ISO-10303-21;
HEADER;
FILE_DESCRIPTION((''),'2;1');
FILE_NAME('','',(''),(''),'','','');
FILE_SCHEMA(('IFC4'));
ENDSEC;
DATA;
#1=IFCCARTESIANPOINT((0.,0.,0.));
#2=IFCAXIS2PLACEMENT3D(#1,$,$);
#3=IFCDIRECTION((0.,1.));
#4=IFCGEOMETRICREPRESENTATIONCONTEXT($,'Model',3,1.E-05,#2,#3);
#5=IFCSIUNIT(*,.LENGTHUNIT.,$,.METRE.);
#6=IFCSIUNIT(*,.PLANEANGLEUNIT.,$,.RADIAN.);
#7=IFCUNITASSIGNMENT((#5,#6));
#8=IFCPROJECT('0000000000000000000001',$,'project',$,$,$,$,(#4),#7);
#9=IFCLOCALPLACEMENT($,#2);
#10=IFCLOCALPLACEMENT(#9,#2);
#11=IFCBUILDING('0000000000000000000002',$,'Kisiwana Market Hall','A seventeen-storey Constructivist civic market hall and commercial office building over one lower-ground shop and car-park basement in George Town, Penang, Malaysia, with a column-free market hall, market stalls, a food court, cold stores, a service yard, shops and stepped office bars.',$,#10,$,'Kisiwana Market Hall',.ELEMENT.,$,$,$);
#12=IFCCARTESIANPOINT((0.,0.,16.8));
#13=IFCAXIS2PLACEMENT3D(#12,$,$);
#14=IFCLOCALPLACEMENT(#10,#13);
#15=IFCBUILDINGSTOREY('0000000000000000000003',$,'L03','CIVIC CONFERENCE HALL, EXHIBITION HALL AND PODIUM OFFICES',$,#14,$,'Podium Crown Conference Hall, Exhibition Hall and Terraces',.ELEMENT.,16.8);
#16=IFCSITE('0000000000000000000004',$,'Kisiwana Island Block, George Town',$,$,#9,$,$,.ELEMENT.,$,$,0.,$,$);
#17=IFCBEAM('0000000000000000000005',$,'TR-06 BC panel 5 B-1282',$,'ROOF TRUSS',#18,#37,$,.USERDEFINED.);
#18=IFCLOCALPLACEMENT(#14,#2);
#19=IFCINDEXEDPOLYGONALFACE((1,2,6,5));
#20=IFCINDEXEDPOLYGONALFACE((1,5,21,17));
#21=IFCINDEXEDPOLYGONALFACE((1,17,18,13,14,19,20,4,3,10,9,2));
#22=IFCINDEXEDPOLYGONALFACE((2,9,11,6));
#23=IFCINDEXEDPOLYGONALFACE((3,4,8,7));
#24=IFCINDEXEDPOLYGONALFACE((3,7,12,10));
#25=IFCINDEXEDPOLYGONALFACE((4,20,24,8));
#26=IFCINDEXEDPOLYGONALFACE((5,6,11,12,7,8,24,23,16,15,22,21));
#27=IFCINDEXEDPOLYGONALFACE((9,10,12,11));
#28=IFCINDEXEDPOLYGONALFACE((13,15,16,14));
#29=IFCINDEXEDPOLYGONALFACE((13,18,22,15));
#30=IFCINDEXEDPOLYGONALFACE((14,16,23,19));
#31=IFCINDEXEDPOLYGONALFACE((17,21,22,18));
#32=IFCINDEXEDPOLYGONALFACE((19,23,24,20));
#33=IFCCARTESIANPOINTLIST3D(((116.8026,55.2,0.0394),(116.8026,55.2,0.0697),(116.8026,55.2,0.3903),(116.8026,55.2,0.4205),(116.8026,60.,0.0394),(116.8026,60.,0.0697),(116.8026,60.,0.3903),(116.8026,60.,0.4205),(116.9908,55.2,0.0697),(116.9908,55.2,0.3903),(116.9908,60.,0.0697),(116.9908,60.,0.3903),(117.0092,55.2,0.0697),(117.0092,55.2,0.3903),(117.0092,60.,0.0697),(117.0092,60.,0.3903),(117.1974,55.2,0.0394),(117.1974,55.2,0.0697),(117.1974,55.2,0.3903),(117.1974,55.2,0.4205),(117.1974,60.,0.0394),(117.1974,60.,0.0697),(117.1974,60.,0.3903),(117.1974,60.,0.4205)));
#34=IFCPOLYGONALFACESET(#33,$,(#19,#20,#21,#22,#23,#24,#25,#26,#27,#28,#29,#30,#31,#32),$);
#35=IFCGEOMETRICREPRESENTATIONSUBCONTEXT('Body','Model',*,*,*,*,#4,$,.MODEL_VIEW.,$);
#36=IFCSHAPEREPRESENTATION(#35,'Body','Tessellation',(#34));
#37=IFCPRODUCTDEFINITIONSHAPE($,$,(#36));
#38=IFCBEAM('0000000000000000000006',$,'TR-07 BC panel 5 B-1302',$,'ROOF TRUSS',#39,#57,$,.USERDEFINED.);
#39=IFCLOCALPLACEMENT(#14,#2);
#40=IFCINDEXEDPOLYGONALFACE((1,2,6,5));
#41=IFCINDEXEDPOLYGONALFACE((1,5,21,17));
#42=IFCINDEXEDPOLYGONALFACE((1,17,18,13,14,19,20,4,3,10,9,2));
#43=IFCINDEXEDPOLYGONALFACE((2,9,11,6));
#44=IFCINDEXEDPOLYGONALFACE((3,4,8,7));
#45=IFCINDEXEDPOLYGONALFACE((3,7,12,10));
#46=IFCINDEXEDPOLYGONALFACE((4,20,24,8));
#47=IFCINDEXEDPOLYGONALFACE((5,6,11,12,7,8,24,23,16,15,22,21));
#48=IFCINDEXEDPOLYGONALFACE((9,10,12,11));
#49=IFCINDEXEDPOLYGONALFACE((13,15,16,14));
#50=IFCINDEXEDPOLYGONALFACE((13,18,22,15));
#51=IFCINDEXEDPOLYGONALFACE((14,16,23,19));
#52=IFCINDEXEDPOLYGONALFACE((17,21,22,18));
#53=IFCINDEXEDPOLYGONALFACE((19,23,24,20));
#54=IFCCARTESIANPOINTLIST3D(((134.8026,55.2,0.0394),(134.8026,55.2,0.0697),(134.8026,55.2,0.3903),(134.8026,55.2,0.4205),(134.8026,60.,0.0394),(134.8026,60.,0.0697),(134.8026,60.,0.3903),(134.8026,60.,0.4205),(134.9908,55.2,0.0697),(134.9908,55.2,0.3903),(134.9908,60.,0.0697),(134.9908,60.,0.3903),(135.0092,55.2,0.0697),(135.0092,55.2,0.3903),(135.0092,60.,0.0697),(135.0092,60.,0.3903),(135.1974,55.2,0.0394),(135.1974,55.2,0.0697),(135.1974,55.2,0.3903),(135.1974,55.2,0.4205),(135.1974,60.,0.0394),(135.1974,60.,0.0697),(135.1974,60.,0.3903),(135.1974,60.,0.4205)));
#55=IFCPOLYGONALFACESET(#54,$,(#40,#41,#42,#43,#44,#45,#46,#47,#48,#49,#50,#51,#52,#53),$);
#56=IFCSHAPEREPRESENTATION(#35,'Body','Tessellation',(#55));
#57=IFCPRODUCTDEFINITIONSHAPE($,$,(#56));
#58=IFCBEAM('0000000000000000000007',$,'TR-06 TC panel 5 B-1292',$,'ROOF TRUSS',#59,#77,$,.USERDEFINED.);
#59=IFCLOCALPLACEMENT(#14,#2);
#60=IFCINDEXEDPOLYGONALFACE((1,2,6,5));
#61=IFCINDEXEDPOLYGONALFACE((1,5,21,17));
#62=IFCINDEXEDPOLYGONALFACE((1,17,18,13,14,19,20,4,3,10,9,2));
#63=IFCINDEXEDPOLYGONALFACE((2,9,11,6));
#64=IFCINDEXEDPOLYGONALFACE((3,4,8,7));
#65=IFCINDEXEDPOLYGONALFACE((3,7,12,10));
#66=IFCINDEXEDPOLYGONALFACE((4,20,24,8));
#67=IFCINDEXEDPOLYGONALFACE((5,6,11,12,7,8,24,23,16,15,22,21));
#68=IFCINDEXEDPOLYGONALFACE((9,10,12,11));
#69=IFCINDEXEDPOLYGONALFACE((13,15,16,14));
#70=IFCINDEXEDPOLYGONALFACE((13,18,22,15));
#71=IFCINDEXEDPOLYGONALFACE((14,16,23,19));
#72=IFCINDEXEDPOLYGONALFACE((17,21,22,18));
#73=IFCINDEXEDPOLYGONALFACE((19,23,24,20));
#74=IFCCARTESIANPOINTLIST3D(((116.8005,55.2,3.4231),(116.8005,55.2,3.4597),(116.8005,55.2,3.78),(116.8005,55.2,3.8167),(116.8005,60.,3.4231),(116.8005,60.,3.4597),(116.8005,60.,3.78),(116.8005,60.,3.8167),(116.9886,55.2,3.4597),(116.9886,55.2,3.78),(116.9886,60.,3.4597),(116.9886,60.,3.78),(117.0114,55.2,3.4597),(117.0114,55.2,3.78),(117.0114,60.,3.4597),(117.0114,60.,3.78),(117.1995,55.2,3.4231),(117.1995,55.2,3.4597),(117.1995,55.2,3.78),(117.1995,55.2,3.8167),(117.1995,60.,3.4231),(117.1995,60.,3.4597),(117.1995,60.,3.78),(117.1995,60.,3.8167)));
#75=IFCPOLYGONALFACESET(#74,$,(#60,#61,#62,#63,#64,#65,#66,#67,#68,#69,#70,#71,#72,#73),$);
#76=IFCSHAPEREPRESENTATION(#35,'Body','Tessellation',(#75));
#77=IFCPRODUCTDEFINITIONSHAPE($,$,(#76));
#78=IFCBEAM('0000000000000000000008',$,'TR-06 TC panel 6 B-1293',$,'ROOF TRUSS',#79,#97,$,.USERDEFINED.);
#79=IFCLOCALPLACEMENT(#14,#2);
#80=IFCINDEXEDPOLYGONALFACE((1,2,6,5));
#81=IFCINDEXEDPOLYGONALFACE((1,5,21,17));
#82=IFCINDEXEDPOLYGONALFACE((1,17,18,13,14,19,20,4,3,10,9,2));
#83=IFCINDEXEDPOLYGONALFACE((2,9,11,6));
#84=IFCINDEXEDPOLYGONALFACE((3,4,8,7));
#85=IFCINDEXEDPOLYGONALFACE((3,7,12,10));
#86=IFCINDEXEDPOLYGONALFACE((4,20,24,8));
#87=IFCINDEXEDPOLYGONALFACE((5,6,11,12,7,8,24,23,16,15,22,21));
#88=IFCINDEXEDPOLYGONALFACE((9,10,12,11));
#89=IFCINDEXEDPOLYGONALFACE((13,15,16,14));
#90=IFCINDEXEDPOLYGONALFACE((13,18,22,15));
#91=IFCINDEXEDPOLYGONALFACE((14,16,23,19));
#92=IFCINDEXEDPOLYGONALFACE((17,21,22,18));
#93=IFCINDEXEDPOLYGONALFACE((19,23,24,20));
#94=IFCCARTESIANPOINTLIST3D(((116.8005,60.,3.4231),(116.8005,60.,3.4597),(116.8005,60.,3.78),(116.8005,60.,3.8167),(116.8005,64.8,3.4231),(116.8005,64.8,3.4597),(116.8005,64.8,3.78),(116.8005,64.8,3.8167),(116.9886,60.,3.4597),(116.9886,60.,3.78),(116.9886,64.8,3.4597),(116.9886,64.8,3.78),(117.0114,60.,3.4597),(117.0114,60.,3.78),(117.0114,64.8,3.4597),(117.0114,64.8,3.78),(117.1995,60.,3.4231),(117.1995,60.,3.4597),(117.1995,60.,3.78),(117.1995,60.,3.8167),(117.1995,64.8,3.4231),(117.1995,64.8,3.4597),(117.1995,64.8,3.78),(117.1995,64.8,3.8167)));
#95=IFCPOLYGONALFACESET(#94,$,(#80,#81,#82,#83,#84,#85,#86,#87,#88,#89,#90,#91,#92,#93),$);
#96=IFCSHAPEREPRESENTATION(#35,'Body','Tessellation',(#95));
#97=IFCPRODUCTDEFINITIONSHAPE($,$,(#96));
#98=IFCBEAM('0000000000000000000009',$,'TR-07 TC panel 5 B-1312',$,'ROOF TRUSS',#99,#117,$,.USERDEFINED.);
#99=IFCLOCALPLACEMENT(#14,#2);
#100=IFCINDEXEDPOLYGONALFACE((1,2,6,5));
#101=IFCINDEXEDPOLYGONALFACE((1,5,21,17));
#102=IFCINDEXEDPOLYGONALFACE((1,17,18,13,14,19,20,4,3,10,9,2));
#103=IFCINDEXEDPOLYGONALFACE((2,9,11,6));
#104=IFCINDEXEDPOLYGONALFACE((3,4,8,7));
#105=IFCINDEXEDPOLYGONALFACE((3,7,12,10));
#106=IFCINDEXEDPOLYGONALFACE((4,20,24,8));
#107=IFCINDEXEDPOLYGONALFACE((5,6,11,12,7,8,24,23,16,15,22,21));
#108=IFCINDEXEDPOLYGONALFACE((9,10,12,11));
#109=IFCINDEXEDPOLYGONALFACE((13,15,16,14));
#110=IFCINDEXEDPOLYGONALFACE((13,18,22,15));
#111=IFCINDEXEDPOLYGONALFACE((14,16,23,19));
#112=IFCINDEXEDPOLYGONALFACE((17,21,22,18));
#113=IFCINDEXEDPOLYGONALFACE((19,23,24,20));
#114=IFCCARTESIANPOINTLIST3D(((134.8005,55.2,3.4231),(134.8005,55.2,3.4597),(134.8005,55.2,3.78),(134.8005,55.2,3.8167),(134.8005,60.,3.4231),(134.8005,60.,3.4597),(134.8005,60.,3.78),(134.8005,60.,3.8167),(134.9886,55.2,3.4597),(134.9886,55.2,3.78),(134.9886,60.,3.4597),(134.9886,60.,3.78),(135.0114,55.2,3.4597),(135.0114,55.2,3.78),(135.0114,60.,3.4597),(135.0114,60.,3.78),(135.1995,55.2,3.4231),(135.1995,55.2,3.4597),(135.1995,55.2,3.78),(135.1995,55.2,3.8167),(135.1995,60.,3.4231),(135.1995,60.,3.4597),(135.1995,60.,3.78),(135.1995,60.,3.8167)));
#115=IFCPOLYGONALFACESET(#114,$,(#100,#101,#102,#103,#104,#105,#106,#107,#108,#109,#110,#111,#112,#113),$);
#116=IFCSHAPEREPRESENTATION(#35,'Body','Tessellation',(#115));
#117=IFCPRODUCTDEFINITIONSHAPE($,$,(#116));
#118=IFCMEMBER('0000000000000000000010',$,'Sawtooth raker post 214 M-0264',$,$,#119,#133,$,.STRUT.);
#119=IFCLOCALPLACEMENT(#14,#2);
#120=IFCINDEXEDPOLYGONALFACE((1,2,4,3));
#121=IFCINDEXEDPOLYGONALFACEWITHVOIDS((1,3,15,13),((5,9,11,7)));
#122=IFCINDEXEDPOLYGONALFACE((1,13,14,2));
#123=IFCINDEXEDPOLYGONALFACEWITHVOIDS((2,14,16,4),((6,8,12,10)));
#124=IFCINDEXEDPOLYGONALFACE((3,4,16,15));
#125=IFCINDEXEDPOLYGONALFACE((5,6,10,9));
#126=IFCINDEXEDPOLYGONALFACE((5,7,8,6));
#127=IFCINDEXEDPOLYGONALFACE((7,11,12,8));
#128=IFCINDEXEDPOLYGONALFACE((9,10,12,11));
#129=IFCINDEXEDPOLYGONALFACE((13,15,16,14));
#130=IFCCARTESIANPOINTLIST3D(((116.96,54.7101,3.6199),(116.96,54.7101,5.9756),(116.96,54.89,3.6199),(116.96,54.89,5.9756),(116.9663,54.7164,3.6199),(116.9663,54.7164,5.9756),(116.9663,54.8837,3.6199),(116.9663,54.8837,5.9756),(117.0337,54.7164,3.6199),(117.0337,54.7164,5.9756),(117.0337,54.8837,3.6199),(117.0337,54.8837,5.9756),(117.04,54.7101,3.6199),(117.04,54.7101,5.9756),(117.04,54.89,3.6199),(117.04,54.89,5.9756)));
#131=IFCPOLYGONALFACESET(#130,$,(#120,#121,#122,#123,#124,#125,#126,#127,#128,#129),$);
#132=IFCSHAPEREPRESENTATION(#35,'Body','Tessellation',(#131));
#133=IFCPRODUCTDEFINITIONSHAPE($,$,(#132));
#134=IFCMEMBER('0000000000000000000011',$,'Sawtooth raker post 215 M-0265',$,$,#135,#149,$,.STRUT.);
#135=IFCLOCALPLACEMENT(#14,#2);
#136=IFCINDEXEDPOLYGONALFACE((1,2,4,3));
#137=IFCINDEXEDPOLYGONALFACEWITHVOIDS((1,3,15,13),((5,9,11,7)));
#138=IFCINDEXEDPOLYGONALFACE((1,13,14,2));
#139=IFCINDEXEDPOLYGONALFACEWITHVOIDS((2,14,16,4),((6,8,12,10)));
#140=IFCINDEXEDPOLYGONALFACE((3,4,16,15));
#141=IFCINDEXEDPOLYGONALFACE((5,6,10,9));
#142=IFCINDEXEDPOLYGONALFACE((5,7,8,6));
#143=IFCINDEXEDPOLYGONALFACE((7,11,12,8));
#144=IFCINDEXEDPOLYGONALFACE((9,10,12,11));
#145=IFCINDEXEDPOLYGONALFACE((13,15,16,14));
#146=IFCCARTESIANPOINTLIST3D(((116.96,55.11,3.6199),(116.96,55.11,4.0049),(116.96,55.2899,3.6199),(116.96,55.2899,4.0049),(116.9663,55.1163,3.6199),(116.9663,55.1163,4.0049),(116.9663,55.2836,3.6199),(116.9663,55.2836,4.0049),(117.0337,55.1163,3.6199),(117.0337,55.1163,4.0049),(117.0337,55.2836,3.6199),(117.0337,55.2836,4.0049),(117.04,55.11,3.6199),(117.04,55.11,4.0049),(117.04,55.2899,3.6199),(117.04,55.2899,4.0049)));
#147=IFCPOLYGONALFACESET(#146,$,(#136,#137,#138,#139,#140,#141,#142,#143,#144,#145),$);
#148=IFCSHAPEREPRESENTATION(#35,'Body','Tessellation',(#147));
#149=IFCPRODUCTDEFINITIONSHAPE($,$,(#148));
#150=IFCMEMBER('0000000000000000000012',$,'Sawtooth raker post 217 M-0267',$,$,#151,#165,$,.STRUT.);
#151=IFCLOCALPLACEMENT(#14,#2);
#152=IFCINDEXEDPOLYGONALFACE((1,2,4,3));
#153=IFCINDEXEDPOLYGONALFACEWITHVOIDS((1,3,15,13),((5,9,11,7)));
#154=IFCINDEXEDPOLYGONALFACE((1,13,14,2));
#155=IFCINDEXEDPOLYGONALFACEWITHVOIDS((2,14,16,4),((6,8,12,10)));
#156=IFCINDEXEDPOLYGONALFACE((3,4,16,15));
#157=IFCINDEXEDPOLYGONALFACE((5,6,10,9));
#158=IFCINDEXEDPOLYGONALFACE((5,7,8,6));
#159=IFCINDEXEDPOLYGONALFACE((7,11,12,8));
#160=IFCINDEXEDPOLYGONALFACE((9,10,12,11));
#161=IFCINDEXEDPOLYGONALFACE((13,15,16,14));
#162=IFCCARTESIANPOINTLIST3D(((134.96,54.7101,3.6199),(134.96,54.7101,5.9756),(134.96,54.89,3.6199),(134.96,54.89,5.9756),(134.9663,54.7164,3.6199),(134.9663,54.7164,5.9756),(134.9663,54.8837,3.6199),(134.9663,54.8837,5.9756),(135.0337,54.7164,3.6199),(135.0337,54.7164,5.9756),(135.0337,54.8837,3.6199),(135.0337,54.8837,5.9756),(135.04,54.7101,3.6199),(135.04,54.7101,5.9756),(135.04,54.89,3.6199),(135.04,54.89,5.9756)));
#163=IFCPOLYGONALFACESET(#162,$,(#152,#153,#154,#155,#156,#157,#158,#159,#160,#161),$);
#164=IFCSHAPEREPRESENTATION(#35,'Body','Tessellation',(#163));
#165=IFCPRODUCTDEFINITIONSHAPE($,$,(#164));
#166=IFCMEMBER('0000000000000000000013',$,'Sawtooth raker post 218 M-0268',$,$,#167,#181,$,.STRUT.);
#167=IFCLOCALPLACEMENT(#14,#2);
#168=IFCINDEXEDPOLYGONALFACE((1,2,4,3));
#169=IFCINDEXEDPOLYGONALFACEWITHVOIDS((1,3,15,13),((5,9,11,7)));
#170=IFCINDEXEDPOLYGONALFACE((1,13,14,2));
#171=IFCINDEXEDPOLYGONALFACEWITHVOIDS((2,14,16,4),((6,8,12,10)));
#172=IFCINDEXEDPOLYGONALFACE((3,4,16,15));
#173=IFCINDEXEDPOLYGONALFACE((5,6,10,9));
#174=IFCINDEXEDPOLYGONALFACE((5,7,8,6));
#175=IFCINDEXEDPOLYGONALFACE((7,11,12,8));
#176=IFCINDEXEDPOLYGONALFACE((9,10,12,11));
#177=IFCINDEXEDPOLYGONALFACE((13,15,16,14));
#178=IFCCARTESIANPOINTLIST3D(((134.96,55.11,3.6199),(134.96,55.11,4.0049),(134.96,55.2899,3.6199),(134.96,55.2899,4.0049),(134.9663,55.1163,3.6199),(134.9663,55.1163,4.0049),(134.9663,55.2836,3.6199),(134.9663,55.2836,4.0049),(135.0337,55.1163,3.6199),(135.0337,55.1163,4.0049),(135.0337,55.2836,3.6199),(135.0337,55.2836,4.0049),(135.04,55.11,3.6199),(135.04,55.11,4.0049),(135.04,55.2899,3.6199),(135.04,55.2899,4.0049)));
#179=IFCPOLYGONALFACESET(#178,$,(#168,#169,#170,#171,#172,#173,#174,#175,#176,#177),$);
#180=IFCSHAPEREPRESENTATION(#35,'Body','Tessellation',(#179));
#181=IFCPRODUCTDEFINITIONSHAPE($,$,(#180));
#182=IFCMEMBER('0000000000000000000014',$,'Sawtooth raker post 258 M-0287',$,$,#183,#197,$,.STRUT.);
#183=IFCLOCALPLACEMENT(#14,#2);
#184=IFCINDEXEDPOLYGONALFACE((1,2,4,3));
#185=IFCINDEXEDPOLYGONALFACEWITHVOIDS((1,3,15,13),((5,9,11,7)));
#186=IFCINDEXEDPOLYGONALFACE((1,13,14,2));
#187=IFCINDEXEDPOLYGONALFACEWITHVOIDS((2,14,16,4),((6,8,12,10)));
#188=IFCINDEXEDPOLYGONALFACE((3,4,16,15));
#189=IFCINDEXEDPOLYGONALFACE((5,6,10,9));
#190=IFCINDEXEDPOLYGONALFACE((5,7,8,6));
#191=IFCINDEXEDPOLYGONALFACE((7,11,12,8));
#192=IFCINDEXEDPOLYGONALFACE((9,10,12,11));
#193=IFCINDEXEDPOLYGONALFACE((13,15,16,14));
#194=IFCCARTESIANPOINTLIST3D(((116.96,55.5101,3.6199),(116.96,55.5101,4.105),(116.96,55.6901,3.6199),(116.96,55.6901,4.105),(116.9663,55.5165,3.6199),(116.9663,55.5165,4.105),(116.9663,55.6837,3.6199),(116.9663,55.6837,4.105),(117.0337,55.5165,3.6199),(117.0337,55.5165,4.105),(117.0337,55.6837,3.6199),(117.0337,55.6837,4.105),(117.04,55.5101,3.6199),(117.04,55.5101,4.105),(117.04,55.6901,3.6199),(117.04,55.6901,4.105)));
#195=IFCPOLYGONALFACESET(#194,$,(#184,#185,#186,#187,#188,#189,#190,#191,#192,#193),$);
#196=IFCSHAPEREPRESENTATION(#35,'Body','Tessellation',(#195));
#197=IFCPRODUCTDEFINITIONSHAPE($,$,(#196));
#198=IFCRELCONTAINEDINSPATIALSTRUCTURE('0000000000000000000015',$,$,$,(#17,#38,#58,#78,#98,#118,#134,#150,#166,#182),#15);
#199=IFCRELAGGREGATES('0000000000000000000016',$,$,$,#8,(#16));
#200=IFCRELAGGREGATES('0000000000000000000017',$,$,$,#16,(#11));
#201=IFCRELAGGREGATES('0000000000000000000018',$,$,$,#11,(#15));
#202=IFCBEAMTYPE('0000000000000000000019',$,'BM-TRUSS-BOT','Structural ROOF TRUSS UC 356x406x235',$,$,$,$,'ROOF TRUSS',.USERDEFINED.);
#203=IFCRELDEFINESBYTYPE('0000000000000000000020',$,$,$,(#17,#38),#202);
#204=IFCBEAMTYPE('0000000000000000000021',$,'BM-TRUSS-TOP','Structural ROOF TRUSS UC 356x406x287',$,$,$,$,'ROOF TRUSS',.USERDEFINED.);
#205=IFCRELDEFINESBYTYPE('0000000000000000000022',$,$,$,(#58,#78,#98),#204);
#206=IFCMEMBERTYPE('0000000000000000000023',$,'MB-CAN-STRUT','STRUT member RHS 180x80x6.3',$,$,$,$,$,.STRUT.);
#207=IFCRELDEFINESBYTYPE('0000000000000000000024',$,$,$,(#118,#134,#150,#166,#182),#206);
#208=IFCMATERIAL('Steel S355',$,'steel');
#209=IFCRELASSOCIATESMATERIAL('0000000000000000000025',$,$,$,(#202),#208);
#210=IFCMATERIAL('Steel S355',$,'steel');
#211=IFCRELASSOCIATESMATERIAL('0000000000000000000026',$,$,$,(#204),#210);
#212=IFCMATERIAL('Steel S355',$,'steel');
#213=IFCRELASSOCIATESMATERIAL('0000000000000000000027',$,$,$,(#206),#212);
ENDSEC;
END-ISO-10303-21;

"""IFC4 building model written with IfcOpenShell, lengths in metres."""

from ifc_helpers import new_model, si_unit, direction, frame, origin, origin_2d, place, context, subcontext, project, spatial, hollow_rectangle, i_section, extrude, material, material_profile, profile_set, type_object, element, save


model = new_model("IFC4")

# Units and contexts
model_context = context("Model", 3, precision=1e-05, world=origin(), true_north=direction((0.0, 1.0)))
body_context = subcontext(model_context, "Body", "Model", "MODEL_VIEW")
ifc_project = project(units=[si_unit("LENGTHUNIT", "METRE"), si_unit("PLANEANGLEUNIT", "RADIAN")], contexts=[model_context])

# Site, building, storey
site_placement = place(None, origin())
site = spatial("IfcSite", under=ifc_project, at=site_placement, Name="Kisiwana Island Block, George Town", CompositionType="ELEMENT", RefElevation=0.0)
building_placement = place(site_placement, origin())
building = spatial("IfcBuilding", under=site, at=building_placement, Name="Kisiwana Market Hall", Description="A seventeen-storey Constructivist civic market hall and commercial office building over one lower-ground shop and car-park basement in George Town, Penang, Malaysia, with a column-free market hall, market stalls, a food court, cold stores, a service yard, shops and stepped office bars.", LongName="Kisiwana Market Hall", CompositionType="ELEMENT")
storey_placement = place(building_placement, frame((0.0, 0.0, 16.8)))
storey = spatial("IfcBuildingStorey", under=building, at=storey_placement, Name="L03", Description="CIVIC CONFERENCE HALL, EXHIBITION HALL AND PODIUM OFFICES", LongName="Podium Crown Conference Hall, Exhibition Hall and Terraces", CompositionType="ELEMENT", Elevation=16.8)

# Beams
ifc_material_1 = material(Name="Steel S355", Category="steel")
ifc_material_profile_1 = material_profile(ifc_material_1, i_section(OverallWidth=0.3948, OverallDepth=0.3811, WebThickness=0.0183, FlangeThickness=0.0303, at=origin_2d()), Name="UC 356x406x235")
ifc_profile_set_1 = profile_set([ifc_material_profile_1], Name="Steel S355")
beam_type_1 = type_object("IfcBeamType", Name="BM-TRUSS-BOT", Description="Structural ROOF TRUSS UC 356x406x235", ElementType="ROOF TRUSS", PredefinedType="USERDEFINED", material=ifc_profile_set_1)
for number, where, z_axis, x_axis, name in (
    (1, (117.0, 55.2, 0.23), (0.0, 1.0, 0.0), (-1.0, 0.0, 0.0), "TR-06 BC panel 5 B-1282"),
    (2, (135.0, 55.2, 0.23), (0.0, 1.0, 0.0), (-1.0, 0.0, 0.0), "TR-07 BC panel 5 B-1302"),
):
    element("IfcBeam", number, at=place(storey_placement, frame(where, z_axis=z_axis, x_axis=x_axis)), inside=storey, type_object=beam_type_1, Name=name, ObjectType="ROOF TRUSS", PredefinedType="USERDEFINED", context=body_context, shape_type="SweptSolid", body=[
        extrude(i_section(OverallWidth=0.3948, OverallDepth=0.3811, WebThickness=0.0183, FlangeThickness=0.0303, at=origin_2d()), origin(), (0.0, 0.0, 1.0), 4.8),
    ])
ifc_material_2 = material(Name="Steel S355", Category="steel")
ifc_material_profile_2 = material_profile(ifc_material_2, i_section(OverallWidth=0.3989, OverallDepth=0.3936, WebThickness=0.0227, FlangeThickness=0.0366, at=origin_2d()), Name="UC 356x406x287")
ifc_profile_set_2 = profile_set([ifc_material_profile_2], Name="Steel S355")
beam_type_2 = type_object("IfcBeamType", Name="BM-TRUSS-TOP", Description="Structural ROOF TRUSS UC 356x406x287", ElementType="ROOF TRUSS", PredefinedType="USERDEFINED", material=ifc_profile_set_2)
for number, where, z_axis, x_axis, name in (
    (3, (117.0, 55.2, 3.6199), (0.0, 1.0, 0.0), (-1.0, 0.0, 0.0), "TR-06 TC panel 5 B-1292"),
    (4, (117.0, 60.0, 3.6199), (0.0, 1.0, 0.0), (-1.0, 0.0, 0.0), "TR-06 TC panel 6 B-1293"),
    (5, (135.0, 55.2, 3.6199), (0.0, 1.0, 0.0), (-1.0, 0.0, 0.0), "TR-07 TC panel 5 B-1312"),
):
    element("IfcBeam", number, at=place(storey_placement, frame(where, z_axis=z_axis, x_axis=x_axis)), inside=storey, type_object=beam_type_2, Name=name, ObjectType="ROOF TRUSS", PredefinedType="USERDEFINED", context=body_context, shape_type="SweptSolid", body=[
        extrude(i_section(OverallWidth=0.3989, OverallDepth=0.3936, WebThickness=0.0227, FlangeThickness=0.0366, at=origin_2d()), origin(), (0.0, 0.0, 1.0), 4.8),
    ])

# Members
ifc_material_3 = material(Name="Steel S355", Category="steel")
ifc_material_profile_3 = material_profile(ifc_material_3, hollow_rectangle(XDim=0.0801, YDim=0.1799, WallThickness=0.0063, at=origin_2d()), Name="RHS 180x80x6.3")
ifc_profile_set_3 = profile_set([ifc_material_profile_3], Name="Steel S355")
member_type_1 = type_object("IfcMemberType", Name="MB-CAN-STRUT", Description="STRUT member RHS 180x80x6.3", PredefinedType="STRUT", material=ifc_profile_set_3)
member_1_placement = place(storey_placement, frame((117.0, 54.8, 3.6199), z_axis=(0.0, 0.0, 1.0), x_axis=(1.0, 0.0, 0.0)))
element("IfcMember", 6, at=member_1_placement, inside=storey, type_object=member_type_1, Name="Sawtooth raker post 214 M-0264", PredefinedType="STRUT", context=body_context, shape_type="SweptSolid", body=[
    extrude(hollow_rectangle(XDim=0.0801, YDim=0.1799, WallThickness=0.0063, at=origin_2d()), origin(), (0.0, 0.0, 1.0), 2.3557),
])
member_2_placement = place(storey_placement, frame((117.0, 55.2, 3.6199), z_axis=(0.0, 0.0, 1.0), x_axis=(1.0, 0.0, 0.0)))
element("IfcMember", 7, at=member_2_placement, inside=storey, type_object=member_type_1, Name="Sawtooth raker post 215 M-0265", PredefinedType="STRUT", context=body_context, shape_type="SweptSolid", body=[
    extrude(hollow_rectangle(XDim=0.0801, YDim=0.1799, WallThickness=0.0063, at=origin_2d()), origin(), (0.0, 0.0, 1.0), 0.385),
])
member_3_placement = place(storey_placement, frame((135.0, 54.8, 3.6199), z_axis=(0.0, 0.0, 1.0), x_axis=(1.0, 0.0, 0.0)))
element("IfcMember", 8, at=member_3_placement, inside=storey, type_object=member_type_1, Name="Sawtooth raker post 217 M-0267", PredefinedType="STRUT", context=body_context, shape_type="SweptSolid", body=[
    extrude(hollow_rectangle(XDim=0.0801, YDim=0.1799, WallThickness=0.0063, at=origin_2d()), origin(), (0.0, 0.0, 1.0), 2.3557),
])
member_4_placement = place(storey_placement, frame((135.0, 55.2, 3.6199), z_axis=(0.0, 0.0, 1.0), x_axis=(1.0, 0.0, 0.0)))
element("IfcMember", 9, at=member_4_placement, inside=storey, type_object=member_type_1, Name="Sawtooth raker post 218 M-0268", PredefinedType="STRUT", context=body_context, shape_type="SweptSolid", body=[
    extrude(hollow_rectangle(XDim=0.0801, YDim=0.1799, WallThickness=0.0063, at=origin_2d()), origin(), (0.0, 0.0, 1.0), 0.385),
])
for number, where, z_axis, x_axis, name in (
    (10, (117.0, 55.6001, 3.6199), (0.0, 0.0, 1.0), (1.0, 0.0, 0.0), "Sawtooth raker post 258 M-0287"),
):
    element("IfcMember", number, at=place(storey_placement, frame(where, z_axis=z_axis, x_axis=x_axis)), inside=storey, type_object=member_type_1, Name=name, PredefinedType="STRUT", context=body_context, shape_type="SweptSolid", body=[
        extrude(hollow_rectangle(XDim=0.0801, YDim=0.1799, WallThickness=0.0063, at=origin_2d()), origin(), (0.0, 0.0, 1.0), 0.4851),
    ])

save(model, "model.ifc")
